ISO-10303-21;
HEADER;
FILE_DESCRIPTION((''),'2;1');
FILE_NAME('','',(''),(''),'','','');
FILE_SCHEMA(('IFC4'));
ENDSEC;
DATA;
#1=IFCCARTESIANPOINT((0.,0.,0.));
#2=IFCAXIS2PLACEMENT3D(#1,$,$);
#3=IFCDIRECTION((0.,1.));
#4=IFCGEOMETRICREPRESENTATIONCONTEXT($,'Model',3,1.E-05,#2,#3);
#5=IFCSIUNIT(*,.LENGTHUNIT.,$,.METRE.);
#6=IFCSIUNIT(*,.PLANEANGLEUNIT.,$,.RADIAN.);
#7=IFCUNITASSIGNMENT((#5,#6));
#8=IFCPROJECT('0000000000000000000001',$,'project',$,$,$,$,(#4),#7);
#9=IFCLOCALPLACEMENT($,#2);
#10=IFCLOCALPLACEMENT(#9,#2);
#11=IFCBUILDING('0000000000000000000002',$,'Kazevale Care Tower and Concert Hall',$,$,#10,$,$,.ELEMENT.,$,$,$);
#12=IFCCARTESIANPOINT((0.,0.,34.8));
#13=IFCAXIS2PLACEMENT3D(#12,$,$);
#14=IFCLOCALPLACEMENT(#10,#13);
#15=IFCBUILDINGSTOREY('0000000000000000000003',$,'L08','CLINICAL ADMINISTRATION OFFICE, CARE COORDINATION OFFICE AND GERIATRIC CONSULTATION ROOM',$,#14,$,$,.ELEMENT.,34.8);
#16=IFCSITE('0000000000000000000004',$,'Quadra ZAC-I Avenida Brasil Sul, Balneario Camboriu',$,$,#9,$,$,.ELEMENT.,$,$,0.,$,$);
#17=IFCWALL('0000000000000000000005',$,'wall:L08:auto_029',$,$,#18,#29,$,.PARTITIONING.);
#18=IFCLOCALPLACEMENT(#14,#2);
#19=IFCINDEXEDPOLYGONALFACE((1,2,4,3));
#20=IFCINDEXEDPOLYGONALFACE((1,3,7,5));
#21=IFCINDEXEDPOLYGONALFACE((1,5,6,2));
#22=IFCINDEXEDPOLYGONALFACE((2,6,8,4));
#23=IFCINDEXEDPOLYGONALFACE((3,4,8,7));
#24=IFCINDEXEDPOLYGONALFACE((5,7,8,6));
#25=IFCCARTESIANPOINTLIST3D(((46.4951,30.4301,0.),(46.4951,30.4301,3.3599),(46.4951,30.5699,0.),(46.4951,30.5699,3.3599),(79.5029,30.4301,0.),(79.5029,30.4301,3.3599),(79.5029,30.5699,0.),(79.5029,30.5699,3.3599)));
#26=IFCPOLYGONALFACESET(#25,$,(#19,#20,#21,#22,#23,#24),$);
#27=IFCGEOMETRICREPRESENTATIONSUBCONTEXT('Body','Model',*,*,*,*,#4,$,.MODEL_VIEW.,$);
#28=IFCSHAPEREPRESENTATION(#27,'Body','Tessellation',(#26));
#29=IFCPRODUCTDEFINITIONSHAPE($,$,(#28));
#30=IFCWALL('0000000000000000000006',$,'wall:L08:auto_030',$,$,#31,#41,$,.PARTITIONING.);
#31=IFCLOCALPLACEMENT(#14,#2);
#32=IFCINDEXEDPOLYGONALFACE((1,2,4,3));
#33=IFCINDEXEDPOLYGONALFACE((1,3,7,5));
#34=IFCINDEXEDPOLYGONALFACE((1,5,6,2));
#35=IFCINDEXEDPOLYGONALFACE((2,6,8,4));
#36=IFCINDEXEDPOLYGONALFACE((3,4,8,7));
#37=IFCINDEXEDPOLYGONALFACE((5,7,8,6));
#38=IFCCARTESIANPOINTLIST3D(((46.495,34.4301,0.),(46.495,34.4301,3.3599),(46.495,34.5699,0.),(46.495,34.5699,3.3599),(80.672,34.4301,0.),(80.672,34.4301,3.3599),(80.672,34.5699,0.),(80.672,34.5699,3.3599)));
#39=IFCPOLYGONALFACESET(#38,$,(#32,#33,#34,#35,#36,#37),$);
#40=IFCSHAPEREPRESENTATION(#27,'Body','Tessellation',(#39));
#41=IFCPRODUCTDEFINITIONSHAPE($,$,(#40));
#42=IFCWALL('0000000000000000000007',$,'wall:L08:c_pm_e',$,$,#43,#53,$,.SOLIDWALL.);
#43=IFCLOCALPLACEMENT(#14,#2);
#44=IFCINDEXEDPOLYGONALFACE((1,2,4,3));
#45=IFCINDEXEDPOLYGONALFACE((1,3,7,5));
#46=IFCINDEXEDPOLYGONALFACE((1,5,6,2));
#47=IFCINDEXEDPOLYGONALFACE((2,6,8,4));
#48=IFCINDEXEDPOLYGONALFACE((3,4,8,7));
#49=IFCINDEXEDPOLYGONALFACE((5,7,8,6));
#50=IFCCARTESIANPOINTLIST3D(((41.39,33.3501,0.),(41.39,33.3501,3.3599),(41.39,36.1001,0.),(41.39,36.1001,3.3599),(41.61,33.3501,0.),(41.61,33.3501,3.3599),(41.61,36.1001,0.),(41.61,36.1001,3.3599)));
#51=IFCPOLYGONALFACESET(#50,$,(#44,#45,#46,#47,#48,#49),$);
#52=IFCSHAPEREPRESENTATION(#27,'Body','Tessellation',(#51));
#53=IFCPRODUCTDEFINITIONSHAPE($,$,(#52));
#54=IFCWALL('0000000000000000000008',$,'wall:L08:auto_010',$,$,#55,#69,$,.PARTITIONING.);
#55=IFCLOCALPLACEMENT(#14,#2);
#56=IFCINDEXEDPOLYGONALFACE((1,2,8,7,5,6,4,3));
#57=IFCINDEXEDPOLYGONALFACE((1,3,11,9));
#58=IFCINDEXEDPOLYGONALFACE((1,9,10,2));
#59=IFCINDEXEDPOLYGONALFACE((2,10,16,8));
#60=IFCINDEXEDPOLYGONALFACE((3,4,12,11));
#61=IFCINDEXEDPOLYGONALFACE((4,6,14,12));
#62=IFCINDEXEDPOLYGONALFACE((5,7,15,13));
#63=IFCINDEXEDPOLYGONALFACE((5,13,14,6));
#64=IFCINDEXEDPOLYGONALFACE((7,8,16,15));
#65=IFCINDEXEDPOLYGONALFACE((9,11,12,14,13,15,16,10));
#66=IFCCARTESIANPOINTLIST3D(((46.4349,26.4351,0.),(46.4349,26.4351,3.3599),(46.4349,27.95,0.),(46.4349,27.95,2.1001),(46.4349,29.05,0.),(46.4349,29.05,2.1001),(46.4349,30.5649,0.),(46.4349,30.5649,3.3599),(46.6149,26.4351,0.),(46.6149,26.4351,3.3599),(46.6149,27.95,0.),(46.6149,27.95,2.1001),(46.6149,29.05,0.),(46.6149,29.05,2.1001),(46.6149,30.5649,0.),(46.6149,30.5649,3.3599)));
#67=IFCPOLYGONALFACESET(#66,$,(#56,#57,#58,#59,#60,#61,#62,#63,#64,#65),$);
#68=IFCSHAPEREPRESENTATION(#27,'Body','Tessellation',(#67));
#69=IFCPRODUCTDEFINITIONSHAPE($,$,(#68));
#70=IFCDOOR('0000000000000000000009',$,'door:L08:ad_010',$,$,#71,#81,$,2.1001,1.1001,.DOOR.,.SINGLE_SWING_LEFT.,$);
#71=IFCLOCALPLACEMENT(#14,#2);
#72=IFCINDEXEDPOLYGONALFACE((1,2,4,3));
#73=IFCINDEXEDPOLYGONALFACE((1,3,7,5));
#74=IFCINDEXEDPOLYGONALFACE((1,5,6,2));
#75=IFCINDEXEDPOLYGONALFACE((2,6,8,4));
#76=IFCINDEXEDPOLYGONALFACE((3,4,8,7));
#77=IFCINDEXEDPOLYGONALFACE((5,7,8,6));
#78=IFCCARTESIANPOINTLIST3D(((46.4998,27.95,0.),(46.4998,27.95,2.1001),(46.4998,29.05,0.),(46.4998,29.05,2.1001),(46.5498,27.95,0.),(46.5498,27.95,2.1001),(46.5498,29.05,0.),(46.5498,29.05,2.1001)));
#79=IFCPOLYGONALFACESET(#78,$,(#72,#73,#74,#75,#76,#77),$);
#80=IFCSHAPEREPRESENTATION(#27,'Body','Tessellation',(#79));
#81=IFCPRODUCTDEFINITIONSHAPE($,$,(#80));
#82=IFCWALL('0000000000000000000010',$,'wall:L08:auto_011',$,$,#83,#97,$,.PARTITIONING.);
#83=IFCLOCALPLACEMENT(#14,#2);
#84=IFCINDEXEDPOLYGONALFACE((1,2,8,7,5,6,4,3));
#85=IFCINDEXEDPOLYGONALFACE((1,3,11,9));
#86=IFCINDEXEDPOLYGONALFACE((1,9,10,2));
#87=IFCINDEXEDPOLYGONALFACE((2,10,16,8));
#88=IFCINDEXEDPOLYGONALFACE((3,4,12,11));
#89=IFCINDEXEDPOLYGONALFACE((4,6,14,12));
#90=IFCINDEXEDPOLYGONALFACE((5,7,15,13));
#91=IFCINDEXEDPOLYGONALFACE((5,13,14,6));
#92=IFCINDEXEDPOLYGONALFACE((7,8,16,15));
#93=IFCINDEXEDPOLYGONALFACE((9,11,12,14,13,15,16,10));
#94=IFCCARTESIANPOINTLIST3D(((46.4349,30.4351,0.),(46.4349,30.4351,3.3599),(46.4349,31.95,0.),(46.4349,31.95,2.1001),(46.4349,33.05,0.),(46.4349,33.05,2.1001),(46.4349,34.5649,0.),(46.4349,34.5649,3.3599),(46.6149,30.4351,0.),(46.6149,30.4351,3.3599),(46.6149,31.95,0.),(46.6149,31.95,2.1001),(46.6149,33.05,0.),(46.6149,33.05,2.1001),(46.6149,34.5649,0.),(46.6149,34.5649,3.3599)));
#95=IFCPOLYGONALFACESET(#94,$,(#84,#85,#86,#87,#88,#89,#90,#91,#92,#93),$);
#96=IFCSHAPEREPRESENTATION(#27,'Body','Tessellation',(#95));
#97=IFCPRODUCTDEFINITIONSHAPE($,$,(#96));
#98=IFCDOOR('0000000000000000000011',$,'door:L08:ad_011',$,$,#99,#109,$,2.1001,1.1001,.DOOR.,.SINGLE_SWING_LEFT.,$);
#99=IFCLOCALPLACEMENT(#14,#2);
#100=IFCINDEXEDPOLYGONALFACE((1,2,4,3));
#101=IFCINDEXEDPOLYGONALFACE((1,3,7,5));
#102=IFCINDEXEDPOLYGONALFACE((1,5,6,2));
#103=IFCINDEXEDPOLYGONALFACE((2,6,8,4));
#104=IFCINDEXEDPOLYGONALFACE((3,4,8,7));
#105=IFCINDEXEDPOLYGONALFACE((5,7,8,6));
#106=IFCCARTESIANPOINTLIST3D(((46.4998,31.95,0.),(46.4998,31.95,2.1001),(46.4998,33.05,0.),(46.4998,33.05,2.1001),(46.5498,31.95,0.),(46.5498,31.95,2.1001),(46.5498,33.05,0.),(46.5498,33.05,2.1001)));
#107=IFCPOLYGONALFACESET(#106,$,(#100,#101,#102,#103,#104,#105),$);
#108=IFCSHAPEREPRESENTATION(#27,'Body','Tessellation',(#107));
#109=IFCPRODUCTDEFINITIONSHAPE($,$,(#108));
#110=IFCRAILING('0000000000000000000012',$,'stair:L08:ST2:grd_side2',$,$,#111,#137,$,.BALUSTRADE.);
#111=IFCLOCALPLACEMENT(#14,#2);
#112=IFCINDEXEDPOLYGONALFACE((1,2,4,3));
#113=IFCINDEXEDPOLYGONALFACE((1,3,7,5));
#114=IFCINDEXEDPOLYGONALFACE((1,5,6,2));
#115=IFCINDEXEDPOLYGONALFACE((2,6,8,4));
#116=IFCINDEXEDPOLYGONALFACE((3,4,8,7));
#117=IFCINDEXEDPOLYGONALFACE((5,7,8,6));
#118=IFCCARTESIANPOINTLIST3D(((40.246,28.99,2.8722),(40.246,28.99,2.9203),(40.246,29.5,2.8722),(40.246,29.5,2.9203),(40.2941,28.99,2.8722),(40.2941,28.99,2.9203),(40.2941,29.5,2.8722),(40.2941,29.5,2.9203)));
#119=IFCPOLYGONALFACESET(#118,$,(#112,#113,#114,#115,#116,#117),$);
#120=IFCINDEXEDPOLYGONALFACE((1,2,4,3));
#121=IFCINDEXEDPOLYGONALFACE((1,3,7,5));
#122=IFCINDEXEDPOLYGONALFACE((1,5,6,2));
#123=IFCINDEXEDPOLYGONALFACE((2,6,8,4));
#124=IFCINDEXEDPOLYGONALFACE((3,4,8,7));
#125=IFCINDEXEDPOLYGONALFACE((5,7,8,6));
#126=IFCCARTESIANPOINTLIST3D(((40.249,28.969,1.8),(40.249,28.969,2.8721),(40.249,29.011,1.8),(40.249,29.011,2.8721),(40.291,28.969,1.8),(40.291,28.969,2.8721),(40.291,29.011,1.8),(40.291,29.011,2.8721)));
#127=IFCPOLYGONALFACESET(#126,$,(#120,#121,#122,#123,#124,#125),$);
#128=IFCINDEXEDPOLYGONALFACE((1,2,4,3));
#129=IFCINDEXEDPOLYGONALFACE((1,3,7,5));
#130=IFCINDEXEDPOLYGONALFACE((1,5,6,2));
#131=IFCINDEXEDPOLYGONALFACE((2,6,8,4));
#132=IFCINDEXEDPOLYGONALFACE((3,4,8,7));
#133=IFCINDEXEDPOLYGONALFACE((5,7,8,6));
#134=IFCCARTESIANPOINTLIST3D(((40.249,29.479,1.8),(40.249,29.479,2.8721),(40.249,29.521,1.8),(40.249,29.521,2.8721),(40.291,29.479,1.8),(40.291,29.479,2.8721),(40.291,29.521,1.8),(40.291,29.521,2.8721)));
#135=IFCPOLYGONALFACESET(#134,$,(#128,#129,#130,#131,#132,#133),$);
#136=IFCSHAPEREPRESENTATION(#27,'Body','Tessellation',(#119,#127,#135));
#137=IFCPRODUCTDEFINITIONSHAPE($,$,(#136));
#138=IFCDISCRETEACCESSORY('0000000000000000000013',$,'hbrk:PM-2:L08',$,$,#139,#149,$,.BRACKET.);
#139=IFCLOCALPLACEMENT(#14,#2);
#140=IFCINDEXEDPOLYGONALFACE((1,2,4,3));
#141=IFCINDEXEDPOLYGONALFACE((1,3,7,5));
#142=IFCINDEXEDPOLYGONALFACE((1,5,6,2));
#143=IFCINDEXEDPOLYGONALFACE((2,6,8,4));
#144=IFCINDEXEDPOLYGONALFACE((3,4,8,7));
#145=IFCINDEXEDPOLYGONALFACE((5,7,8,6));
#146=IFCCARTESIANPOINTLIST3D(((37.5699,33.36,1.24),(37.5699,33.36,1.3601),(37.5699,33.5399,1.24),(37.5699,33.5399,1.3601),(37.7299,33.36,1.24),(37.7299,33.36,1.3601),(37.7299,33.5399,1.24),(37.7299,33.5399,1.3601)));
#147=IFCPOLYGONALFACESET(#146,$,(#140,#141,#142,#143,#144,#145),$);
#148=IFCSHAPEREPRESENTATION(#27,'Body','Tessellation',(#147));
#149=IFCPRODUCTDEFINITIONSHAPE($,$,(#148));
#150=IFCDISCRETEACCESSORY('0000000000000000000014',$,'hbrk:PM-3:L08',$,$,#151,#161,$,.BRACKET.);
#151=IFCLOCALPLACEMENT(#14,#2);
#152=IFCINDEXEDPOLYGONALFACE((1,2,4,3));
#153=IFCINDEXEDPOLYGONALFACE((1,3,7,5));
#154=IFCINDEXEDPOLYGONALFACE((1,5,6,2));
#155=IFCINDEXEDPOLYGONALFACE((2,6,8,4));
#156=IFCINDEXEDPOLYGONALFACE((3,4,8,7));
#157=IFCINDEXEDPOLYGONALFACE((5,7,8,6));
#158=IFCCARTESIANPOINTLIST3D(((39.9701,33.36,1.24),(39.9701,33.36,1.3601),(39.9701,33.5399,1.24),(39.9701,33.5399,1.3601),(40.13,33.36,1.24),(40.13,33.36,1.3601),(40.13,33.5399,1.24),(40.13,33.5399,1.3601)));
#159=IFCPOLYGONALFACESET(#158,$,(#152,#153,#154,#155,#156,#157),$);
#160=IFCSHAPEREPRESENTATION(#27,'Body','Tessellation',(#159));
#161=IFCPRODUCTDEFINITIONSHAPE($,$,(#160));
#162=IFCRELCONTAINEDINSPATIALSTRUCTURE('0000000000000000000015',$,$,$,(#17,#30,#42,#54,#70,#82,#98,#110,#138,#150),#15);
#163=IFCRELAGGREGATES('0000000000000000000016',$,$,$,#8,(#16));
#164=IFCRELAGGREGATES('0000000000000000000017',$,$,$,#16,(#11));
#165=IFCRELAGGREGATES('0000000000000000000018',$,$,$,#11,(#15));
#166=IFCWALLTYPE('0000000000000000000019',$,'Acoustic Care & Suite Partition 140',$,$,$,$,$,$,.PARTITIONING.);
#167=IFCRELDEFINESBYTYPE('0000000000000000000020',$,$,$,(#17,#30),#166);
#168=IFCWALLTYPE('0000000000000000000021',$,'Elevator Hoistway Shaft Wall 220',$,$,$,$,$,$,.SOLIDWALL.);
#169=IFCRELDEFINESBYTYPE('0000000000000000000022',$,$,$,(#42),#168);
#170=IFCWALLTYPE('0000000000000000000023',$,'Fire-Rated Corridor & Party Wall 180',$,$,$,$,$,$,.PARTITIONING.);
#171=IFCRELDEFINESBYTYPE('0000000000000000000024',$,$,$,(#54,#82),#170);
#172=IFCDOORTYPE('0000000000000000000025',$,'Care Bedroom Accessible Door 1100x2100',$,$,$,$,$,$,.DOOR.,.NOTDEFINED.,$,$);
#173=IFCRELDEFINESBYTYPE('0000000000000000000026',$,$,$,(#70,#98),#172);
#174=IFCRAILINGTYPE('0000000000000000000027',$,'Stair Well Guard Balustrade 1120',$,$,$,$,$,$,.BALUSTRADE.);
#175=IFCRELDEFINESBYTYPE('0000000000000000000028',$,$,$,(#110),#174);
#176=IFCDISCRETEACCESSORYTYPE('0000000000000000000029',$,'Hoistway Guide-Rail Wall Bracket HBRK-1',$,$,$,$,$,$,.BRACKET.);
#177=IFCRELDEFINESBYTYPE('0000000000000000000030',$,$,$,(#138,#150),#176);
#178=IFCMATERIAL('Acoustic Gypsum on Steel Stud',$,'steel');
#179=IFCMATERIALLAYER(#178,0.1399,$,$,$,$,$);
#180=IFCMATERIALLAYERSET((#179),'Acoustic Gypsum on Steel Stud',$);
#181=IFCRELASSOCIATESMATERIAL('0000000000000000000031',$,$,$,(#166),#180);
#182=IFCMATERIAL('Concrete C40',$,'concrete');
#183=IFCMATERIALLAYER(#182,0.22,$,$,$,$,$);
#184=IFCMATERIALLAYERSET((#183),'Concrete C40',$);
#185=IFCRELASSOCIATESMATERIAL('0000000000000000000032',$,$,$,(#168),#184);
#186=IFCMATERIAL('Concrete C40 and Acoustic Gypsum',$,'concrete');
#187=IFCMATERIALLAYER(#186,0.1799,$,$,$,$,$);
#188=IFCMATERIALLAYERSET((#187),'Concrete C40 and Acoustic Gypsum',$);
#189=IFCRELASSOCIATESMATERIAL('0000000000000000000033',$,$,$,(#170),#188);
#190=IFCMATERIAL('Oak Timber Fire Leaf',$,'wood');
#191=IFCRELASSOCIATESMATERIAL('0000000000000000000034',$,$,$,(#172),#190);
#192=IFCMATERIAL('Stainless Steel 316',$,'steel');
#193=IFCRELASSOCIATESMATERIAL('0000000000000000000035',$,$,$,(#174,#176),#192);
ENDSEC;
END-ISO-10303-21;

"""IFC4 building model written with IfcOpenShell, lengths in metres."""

from ifc_helpers import new_model, si_unit, direction, frame, frame_2d, origin, origin_2d, place, context, subcontext, project, spatial, rectangle, extrude, material, layer, layer_set, type_object, element, fill, save


model = new_model("IFC4")

# Units and contexts
model_context = context("Model", 3, precision=1e-05, world=origin(), true_north=direction((0.0, 1.0)))
body_context = subcontext(model_context, "Body", "Model", "MODEL_VIEW")
ifc_project = project(units=[si_unit("LENGTHUNIT", "METRE"), si_unit("PLANEANGLEUNIT", "RADIAN")], contexts=[model_context])

# Site, building, storey
site_placement = place(None, origin())
site = spatial("IfcSite", under=ifc_project, at=site_placement, Name="Quadra ZAC-I Avenida Brasil Sul, Balneario Camboriu", CompositionType="ELEMENT", RefElevation=0.0)
building_placement = place(site_placement, origin())
building = spatial("IfcBuilding", under=site, at=building_placement, Name="Kazevale Care Tower and Concert Hall", CompositionType="ELEMENT")
storey_placement = place(building_placement, frame((0.0, 0.0, 34.8)))
storey = spatial("IfcBuildingStorey", under=building, at=storey_placement, Name="L08", Description="CLINICAL ADMINISTRATION OFFICE, CARE COORDINATION OFFICE AND GERIATRIC CONSULTATION ROOM", CompositionType="ELEMENT", Elevation=34.8)

# Shared definitions
ifc_material_1 = material(Name="Acoustic Gypsum on Steel Stud", Category="steel")
ifc_layer_1 = layer(ifc_material_1, 0.1399)
ifc_layer_set_1 = layer_set([ifc_layer_1], Name="Acoustic Gypsum on Steel Stud")
wall_type_1 = type_object("IfcWallType", Name="Acoustic Care & Suite Partition 140", PredefinedType="PARTITIONING", material=ifc_layer_set_1)

# Shared definitions
ifc_material_2 = material(Name="Oak Timber Fire Leaf", Category="wood")

# Walls
wall_1_placement = place(storey_placement, frame((46.4951, 30.5, 0.0), z_axis=(0.0, 0.0, 1.0), x_axis=(1.0, 0.0, 0.0)))
element("IfcWall", 1, at=wall_1_placement, inside=storey, type_object=wall_type_1, Name="wall:L08:auto_029", PredefinedType="PARTITIONING", context=body_context, shape_type="SweptSolid", body=[
    extrude(rectangle(XDim=33.0078, YDim=0.1399, at=frame_2d((16.5039, 0.0))), origin(), (0.0, 0.0, 1.0), 3.3599),
])
wall_2_placement = place(storey_placement, frame((46.4951, 34.5, 0.0), z_axis=(0.0, 0.0, 1.0), x_axis=(1.0, 0.0, 0.0)))
element("IfcWall", 2, at=wall_2_placement, inside=storey, type_object=wall_type_1, Name="wall:L08:auto_030", PredefinedType="PARTITIONING", context=body_context, shape_type="SweptSolid", body=[
    extrude(rectangle(XDim=34.177, YDim=0.1399, at=frame_2d((17.0884, 0.0))), origin(), (0.0, 0.0, 1.0), 3.3599),
])
ifc_material_3 = material(Name="Concrete C40", Category="concrete")
ifc_layer_2 = layer(ifc_material_3, 0.22)
ifc_layer_set_2 = layer_set([ifc_layer_2], Name="Concrete C40")
wall_type_2 = type_object("IfcWallType", Name="Elevator Hoistway Shaft Wall 220", PredefinedType="SOLIDWALL", material=ifc_layer_set_2)
wall_3_placement = place(storey_placement, frame((41.5, 33.3501, 0.0), z_axis=(0.0, 0.0, 1.0), x_axis=(0.0, 1.0, 0.0)))
element("IfcWall", 3, at=wall_3_placement, inside=storey, type_object=wall_type_2, Name="wall:L08:c_pm_e", PredefinedType="SOLIDWALL", context=body_context, shape_type="SweptSolid", body=[
    extrude(rectangle(XDim=2.75, YDim=0.22, at=frame_2d((1.375, 0.0))), origin(), (0.0, 0.0, 1.0), 3.3599),
])

# Walls, openings, doors
ifc_material_4 = material(Name="Concrete C40 and Acoustic Gypsum", Category="concrete")
ifc_layer_3 = layer(ifc_material_4, 0.1799)
ifc_layer_set_3 = layer_set([ifc_layer_3], Name="Concrete C40 and Acoustic Gypsum")
wall_type_3 = type_object("IfcWallType", Name="Fire-Rated Corridor & Party Wall 180", PredefinedType="PARTITIONING", material=ifc_layer_set_3)
wall_4_placement = place(storey_placement, frame((46.5249, 30.5649, 0.0), z_axis=(0.0, 0.0, 1.0), x_axis=(0.0, -1.0, 0.0)))
wall_4 = element("IfcWall", 4, at=wall_4_placement, inside=storey, type_object=wall_type_3, Name="wall:L08:auto_010", PredefinedType="PARTITIONING", context=body_context, shape_type="SweptSolid", body=[
    extrude(rectangle(XDim=4.1299, YDim=0.1799, at=frame_2d((2.0649, 0.0))), origin(), (0.0, 0.0, 1.0), 3.3599),
])
opening_1_placement = place(wall_4_placement, frame((1.5149, 0.0, 0.0)))
opening_1 = element("IfcOpeningElement", 5, at=opening_1_placement, cuts=wall_4, PredefinedType="OPENING", context=body_context, shape_type="SweptSolid", body=[
    extrude(rectangle(XDim=1.1001, YDim=2.1001, at=frame_2d((0.55, 1.05))), frame((0.0, 0.0999, 0.0), z_axis=(0.0, -1.0, 0.0), x_axis=(1.0, 0.0, 0.0)), (0.0, 0.0, 1.0), 0.2),
])
door_type_1 = type_object("IfcDoorType", Name="Care Bedroom Accessible Door 1100x2100", OperationType="NOTDEFINED", PredefinedType="DOOR", material=ifc_material_2)
door_1_placement = place(opening_1_placement, origin())
door_1 = element("IfcDoor", 6, at=door_1_placement, inside=storey, type_object=door_type_1, Name="door:L08:ad_010", OperationType="SINGLE_SWING_LEFT", OverallHeight=2.1001, OverallWidth=1.1001, PredefinedType="DOOR", context=body_context, shape_type="SweptSolid", body=[
    extrude(rectangle(XDim=1.1001, YDim=2.1001, at=frame_2d((0.55, 1.05))), frame((0.0, 0.0249, 0.0), z_axis=(0.0, -1.0, 0.0), x_axis=(1.0, 0.0, 0.0)), (0.0, 0.0, 1.0), 0.05),
])
fill(opening_1, door_1)
wall_5_placement = place(storey_placement, frame((46.5249, 34.5649, 0.0), z_axis=(0.0, 0.0, 1.0), x_axis=(0.0, -1.0, 0.0)))
wall_5 = element("IfcWall", 7, at=wall_5_placement, inside=storey, type_object=wall_type_3, Name="wall:L08:auto_011", PredefinedType="PARTITIONING", context=body_context, shape_type="SweptSolid", body=[
    extrude(rectangle(XDim=4.1299, YDim=0.1799, at=frame_2d((2.0649, 0.0))), origin(), (0.0, 0.0, 1.0), 3.3599),
])
opening_2_placement = place(wall_5_placement, frame((1.5149, 0.0, 0.0)))
opening_2 = element("IfcOpeningElement", 8, at=opening_2_placement, cuts=wall_5, PredefinedType="OPENING", context=body_context, shape_type="SweptSolid", body=[
    extrude(rectangle(XDim=1.1001, YDim=2.1001, at=frame_2d((0.55, 1.05))), frame((0.0, 0.0999, 0.0), z_axis=(0.0, -1.0, 0.0), x_axis=(1.0, 0.0, 0.0)), (0.0, 0.0, 1.0), 0.2),
])
door_2_placement = place(opening_2_placement, origin())
door_2 = element("IfcDoor", 9, at=door_2_placement, inside=storey, type_object=door_type_1, Name="door:L08:ad_011", OperationType="SINGLE_SWING_LEFT", OverallHeight=2.1001, OverallWidth=1.1001, PredefinedType="DOOR", context=body_context, shape_type="SweptSolid", body=[
    extrude(rectangle(XDim=1.1001, YDim=2.1001, at=frame_2d((0.55, 1.05))), frame((0.0, 0.0249, 0.0), z_axis=(0.0, -1.0, 0.0), x_axis=(1.0, 0.0, 0.0)), (0.0, 0.0, 1.0), 0.05),
])
fill(opening_2, door_2)

# Railing
ifc_material_5 = material(Name="Stainless Steel 316", Category="steel")
railing_type = type_object("IfcRailingType", Name="Stair Well Guard Balustrade 1120", PredefinedType="BALUSTRADE", material=ifc_material_5)
railing_placement = place(storey_placement, frame((40.27, 28.99, 1.8)))
element("IfcRailing", 10, at=railing_placement, inside=storey, type_object=railing_type, Name="stair:L08:ST2:grd_side2", PredefinedType="BALUSTRADE", context=body_context, shape_type="SweptSolid", body=[
    extrude(rectangle(XDim=0.0481, YDim=0.0481, at=origin_2d()), frame((0.0, 0.0, 1.0962), z_axis=(0.0, 1.0, 0.0), x_axis=(-1.0, 0.0, 0.0)), (0.0, 0.0, 1.0), 0.51),
    extrude(rectangle(XDim=0.042, YDim=0.042, at=origin_2d()), origin(), (0.0, 0.0, 1.0), 1.072),
    extrude(rectangle(XDim=0.042, YDim=0.042, at=origin_2d()), frame((0.0, 0.51, 0.0)), (0.0, 0.0, 1.0), 1.072),
])

# Discrete accessories
discrete_accessory_type = type_object("IfcDiscreteAccessoryType", Name="Hoistway Guide-Rail Wall Bracket HBRK-1", PredefinedType="BRACKET", material=ifc_material_5)
for number, where, z_axis, x_axis, name in (
    (11, (37.6499, 33.45, 1.24), (0.0, 0.0, 1.0), (1.0, 0.0, 0.0), "hbrk:PM-2:L08"),
    (12, (40.05, 33.45, 1.24), (0.0, 0.0, 1.0), (1.0, 0.0, 0.0), "hbrk:PM-3:L08"),
):
    element("IfcDiscreteAccessory", number, at=place(storey_placement, frame(where, z_axis=z_axis, x_axis=x_axis)), inside=storey, type_object=discrete_accessory_type, Name=name, PredefinedType="BRACKET", context=body_context, shape_type="SweptSolid", body=[
        extrude(rectangle(XDim=0.1599, YDim=0.1799, at=origin_2d()), origin(), (0.0, 0.0, 1.0), 0.1201),
    ])

save(model, "model.ifc")
